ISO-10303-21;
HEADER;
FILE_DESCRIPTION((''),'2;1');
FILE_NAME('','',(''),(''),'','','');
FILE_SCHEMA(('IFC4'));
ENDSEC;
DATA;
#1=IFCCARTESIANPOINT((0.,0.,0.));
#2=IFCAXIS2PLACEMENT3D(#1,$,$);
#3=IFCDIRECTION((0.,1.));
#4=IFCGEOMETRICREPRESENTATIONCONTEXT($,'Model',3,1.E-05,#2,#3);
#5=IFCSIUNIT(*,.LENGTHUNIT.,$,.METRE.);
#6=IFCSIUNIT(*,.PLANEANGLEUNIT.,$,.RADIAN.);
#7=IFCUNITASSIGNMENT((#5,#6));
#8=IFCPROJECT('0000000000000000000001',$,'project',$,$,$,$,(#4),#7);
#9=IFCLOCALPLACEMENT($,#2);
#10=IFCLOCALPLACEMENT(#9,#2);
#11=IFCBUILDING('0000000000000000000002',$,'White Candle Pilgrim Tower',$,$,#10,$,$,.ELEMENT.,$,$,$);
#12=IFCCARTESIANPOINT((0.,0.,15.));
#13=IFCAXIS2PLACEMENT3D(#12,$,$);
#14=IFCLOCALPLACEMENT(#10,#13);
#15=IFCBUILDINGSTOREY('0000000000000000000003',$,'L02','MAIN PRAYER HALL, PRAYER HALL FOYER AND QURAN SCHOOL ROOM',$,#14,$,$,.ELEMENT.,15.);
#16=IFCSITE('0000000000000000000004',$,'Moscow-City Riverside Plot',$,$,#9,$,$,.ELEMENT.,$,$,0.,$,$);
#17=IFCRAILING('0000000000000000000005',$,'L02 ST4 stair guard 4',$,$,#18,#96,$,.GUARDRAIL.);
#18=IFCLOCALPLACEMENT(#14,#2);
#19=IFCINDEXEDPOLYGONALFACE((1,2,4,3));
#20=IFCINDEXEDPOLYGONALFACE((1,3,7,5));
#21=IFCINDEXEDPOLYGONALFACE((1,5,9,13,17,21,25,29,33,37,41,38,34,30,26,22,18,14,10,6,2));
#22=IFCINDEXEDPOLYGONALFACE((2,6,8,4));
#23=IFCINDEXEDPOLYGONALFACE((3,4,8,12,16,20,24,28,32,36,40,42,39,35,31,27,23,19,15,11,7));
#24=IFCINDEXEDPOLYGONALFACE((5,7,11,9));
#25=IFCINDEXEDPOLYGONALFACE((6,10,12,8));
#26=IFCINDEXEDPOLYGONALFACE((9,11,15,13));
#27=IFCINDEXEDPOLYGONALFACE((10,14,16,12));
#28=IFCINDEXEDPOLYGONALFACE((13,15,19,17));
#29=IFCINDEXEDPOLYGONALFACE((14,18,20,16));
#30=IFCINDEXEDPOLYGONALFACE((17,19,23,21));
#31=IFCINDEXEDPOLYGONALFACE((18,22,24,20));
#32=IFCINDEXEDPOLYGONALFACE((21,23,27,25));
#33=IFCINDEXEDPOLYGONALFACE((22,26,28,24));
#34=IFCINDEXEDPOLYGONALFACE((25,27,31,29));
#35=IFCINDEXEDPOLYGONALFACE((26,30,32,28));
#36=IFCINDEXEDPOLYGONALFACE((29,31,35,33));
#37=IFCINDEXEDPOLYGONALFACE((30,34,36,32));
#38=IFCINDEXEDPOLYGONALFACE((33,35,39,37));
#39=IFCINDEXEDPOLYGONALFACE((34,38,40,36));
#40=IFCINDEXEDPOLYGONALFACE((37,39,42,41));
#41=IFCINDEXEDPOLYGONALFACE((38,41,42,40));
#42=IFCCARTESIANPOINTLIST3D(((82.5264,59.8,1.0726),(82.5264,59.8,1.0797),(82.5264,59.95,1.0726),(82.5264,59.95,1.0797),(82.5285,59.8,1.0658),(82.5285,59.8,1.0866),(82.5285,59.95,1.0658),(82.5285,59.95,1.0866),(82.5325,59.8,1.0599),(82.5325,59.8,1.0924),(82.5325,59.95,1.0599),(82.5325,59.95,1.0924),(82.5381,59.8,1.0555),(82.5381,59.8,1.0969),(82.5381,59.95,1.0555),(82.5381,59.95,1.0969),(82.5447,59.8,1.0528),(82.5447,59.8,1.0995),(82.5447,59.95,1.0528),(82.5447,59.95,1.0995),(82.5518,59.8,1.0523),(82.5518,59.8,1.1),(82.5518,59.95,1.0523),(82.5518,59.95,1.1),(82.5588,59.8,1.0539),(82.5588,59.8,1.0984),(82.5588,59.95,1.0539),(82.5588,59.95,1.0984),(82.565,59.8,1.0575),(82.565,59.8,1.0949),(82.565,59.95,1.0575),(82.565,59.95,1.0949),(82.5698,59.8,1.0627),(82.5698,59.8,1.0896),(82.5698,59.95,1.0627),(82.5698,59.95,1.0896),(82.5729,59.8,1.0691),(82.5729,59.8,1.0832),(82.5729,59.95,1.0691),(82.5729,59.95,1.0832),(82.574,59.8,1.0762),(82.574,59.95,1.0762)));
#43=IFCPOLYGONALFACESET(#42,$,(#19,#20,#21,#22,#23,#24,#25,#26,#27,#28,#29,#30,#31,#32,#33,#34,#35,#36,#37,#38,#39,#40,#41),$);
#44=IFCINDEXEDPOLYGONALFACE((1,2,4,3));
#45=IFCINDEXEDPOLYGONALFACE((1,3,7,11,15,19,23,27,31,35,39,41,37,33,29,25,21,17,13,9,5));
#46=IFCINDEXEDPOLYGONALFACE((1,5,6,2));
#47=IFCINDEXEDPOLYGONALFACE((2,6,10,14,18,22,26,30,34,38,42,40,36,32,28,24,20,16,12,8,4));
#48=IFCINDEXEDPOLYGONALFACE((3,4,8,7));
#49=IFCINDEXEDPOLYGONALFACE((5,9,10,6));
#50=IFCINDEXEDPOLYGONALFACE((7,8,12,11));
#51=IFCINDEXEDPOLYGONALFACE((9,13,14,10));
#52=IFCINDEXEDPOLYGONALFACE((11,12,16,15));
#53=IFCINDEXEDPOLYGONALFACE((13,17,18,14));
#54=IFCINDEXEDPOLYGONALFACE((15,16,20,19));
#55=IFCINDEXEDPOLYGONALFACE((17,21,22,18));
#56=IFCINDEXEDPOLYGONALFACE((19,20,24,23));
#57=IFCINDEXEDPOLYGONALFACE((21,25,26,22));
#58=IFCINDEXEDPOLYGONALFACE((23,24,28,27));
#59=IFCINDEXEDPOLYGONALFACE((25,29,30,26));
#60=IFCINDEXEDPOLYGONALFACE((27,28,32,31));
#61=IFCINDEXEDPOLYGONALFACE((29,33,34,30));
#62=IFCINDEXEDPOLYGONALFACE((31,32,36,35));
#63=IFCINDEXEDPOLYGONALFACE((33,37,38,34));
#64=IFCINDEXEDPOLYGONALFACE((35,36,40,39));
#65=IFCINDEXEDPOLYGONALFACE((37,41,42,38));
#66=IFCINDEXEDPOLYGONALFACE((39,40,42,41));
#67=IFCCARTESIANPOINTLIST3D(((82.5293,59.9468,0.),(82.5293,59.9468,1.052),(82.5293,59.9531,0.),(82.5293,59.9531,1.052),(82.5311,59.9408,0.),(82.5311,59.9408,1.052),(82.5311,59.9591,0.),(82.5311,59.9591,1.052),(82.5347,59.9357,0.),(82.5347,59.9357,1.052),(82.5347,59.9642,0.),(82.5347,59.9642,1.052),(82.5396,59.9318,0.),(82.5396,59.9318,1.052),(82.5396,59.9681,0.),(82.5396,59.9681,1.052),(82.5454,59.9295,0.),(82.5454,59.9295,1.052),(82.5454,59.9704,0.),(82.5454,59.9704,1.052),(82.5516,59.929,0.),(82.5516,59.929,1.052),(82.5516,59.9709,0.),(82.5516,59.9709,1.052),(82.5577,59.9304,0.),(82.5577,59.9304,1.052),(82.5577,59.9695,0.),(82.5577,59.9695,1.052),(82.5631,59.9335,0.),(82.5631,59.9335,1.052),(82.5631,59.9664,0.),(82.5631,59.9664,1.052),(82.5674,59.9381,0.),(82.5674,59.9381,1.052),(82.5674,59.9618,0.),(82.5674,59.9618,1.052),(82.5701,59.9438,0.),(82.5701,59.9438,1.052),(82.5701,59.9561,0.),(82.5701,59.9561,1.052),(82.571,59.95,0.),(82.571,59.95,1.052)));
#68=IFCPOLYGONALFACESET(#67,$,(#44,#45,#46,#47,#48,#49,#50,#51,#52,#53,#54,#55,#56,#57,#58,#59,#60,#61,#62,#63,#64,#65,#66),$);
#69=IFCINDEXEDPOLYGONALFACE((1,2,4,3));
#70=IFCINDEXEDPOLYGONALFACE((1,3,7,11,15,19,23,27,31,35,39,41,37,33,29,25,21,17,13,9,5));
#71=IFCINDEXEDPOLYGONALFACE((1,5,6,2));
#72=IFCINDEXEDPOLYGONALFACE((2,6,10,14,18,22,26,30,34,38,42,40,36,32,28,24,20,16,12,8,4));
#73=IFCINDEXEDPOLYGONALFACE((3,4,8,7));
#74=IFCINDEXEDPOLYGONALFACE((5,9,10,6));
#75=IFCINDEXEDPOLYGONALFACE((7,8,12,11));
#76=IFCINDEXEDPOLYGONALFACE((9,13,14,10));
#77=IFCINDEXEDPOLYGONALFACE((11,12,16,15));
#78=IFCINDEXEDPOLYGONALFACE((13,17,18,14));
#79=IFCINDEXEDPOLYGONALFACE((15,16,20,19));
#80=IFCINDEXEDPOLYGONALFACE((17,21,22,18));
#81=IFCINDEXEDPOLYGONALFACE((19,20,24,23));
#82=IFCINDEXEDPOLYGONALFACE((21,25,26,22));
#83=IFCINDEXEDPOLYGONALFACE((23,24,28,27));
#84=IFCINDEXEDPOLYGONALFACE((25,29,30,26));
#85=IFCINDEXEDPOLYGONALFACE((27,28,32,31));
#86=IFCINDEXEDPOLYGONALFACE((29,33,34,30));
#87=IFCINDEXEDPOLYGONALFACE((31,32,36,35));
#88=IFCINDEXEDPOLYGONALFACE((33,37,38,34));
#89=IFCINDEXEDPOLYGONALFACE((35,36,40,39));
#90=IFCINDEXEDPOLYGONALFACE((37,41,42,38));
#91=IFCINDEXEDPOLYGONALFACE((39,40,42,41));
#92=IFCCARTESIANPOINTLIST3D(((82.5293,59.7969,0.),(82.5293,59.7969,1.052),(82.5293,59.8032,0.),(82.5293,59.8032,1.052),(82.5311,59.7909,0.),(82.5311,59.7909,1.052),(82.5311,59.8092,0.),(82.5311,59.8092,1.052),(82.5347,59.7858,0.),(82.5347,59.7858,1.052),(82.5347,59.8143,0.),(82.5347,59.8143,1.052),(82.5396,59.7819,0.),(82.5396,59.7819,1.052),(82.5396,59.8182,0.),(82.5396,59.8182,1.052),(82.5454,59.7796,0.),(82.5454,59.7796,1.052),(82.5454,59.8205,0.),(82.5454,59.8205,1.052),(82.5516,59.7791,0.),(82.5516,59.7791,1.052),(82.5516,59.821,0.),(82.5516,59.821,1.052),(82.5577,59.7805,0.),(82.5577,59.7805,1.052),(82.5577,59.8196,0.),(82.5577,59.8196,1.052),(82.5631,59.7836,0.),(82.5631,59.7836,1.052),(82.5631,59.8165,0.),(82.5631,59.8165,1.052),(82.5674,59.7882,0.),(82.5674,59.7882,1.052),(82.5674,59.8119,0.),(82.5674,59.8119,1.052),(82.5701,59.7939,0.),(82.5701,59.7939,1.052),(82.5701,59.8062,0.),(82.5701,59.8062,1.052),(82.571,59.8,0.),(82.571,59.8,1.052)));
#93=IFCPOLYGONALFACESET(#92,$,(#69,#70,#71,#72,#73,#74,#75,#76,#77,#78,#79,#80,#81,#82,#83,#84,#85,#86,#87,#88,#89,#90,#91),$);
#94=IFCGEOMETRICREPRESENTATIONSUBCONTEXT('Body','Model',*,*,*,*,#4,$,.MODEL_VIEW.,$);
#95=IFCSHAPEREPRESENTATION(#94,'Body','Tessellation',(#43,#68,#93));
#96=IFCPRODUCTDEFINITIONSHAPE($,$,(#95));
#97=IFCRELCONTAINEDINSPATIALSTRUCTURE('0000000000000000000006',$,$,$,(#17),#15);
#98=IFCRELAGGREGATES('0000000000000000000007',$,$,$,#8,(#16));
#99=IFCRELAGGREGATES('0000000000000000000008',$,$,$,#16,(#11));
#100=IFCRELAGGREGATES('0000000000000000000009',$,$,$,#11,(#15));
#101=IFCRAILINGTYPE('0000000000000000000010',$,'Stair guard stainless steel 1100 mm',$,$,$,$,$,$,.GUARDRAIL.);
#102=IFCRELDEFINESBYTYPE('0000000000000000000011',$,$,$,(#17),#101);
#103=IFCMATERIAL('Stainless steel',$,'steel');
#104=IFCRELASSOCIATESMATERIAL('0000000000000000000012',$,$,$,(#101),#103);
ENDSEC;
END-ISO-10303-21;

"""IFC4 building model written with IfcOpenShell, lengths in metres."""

from ifc_helpers import new_model, si_unit, direction, frame, origin, origin_2d, place, context, subcontext, project, spatial, circle, extrude, material, type_object, element, save


model = new_model("IFC4")

# Units and contexts
model_context = context("Model", 3, precision=1e-05, world=origin(), true_north=direction((0.0, 1.0)))
body_context = subcontext(model_context, "Body", "Model", "MODEL_VIEW")
ifc_project = project(units=[si_unit("LENGTHUNIT", "METRE"), si_unit("PLANEANGLEUNIT", "RADIAN")], contexts=[model_context])

# Site, building, storey
site_placement = place(None, origin())
site = spatial("IfcSite", under=ifc_project, at=site_placement, Name="Moscow-City Riverside Plot", CompositionType="ELEMENT", RefElevation=0.0)
building_placement = place(site_placement, origin())
building = spatial("IfcBuilding", under=site, at=building_placement, Name="White Candle Pilgrim Tower", CompositionType="ELEMENT")
storey_placement = place(building_placement, frame((0.0, 0.0, 15.0)))
storey = spatial("IfcBuildingStorey", under=building, at=storey_placement, Name="L02", Description="MAIN PRAYER HALL, PRAYER HALL FOYER AND QURAN SCHOOL ROOM", CompositionType="ELEMENT", Elevation=15.0)

# Railing
ifc_material_1 = material(Name="Stainless steel", Category="steel")
railing_type_1 = type_object("IfcRailingType", Name="Stair guard stainless steel 1100 mm", PredefinedType="GUARDRAIL", material=ifc_material_1)
railing_1_placement = place(storey_placement, frame((82.55, 59.95, 0.0)))
element("IfcRailing", 1, at=railing_1_placement, inside=storey, type_object=railing_type_1, Name="L02 ST4 stair guard 4", PredefinedType="GUARDRAIL", context=body_context, shape_type="SweptSolid", body=[
    extrude(circle(Radius=0.0239, at=origin_2d()), frame((0.0, 0.0, 1.0762), z_axis=(0.0, -1.0, 0.0), x_axis=(1.0, 0.0, 0.0)), (0.0, 0.0, 1.0), 0.1499),
    extrude(circle(Radius=0.021, at=origin_2d()), origin(), (0.0, 0.0, 1.0), 1.052),
    extrude(circle(Radius=0.021, at=origin_2d()), frame((0.0, -0.1499, 0.0)), (0.0, 0.0, 1.0), 1.052),
])

save(model, "model.ifc")
